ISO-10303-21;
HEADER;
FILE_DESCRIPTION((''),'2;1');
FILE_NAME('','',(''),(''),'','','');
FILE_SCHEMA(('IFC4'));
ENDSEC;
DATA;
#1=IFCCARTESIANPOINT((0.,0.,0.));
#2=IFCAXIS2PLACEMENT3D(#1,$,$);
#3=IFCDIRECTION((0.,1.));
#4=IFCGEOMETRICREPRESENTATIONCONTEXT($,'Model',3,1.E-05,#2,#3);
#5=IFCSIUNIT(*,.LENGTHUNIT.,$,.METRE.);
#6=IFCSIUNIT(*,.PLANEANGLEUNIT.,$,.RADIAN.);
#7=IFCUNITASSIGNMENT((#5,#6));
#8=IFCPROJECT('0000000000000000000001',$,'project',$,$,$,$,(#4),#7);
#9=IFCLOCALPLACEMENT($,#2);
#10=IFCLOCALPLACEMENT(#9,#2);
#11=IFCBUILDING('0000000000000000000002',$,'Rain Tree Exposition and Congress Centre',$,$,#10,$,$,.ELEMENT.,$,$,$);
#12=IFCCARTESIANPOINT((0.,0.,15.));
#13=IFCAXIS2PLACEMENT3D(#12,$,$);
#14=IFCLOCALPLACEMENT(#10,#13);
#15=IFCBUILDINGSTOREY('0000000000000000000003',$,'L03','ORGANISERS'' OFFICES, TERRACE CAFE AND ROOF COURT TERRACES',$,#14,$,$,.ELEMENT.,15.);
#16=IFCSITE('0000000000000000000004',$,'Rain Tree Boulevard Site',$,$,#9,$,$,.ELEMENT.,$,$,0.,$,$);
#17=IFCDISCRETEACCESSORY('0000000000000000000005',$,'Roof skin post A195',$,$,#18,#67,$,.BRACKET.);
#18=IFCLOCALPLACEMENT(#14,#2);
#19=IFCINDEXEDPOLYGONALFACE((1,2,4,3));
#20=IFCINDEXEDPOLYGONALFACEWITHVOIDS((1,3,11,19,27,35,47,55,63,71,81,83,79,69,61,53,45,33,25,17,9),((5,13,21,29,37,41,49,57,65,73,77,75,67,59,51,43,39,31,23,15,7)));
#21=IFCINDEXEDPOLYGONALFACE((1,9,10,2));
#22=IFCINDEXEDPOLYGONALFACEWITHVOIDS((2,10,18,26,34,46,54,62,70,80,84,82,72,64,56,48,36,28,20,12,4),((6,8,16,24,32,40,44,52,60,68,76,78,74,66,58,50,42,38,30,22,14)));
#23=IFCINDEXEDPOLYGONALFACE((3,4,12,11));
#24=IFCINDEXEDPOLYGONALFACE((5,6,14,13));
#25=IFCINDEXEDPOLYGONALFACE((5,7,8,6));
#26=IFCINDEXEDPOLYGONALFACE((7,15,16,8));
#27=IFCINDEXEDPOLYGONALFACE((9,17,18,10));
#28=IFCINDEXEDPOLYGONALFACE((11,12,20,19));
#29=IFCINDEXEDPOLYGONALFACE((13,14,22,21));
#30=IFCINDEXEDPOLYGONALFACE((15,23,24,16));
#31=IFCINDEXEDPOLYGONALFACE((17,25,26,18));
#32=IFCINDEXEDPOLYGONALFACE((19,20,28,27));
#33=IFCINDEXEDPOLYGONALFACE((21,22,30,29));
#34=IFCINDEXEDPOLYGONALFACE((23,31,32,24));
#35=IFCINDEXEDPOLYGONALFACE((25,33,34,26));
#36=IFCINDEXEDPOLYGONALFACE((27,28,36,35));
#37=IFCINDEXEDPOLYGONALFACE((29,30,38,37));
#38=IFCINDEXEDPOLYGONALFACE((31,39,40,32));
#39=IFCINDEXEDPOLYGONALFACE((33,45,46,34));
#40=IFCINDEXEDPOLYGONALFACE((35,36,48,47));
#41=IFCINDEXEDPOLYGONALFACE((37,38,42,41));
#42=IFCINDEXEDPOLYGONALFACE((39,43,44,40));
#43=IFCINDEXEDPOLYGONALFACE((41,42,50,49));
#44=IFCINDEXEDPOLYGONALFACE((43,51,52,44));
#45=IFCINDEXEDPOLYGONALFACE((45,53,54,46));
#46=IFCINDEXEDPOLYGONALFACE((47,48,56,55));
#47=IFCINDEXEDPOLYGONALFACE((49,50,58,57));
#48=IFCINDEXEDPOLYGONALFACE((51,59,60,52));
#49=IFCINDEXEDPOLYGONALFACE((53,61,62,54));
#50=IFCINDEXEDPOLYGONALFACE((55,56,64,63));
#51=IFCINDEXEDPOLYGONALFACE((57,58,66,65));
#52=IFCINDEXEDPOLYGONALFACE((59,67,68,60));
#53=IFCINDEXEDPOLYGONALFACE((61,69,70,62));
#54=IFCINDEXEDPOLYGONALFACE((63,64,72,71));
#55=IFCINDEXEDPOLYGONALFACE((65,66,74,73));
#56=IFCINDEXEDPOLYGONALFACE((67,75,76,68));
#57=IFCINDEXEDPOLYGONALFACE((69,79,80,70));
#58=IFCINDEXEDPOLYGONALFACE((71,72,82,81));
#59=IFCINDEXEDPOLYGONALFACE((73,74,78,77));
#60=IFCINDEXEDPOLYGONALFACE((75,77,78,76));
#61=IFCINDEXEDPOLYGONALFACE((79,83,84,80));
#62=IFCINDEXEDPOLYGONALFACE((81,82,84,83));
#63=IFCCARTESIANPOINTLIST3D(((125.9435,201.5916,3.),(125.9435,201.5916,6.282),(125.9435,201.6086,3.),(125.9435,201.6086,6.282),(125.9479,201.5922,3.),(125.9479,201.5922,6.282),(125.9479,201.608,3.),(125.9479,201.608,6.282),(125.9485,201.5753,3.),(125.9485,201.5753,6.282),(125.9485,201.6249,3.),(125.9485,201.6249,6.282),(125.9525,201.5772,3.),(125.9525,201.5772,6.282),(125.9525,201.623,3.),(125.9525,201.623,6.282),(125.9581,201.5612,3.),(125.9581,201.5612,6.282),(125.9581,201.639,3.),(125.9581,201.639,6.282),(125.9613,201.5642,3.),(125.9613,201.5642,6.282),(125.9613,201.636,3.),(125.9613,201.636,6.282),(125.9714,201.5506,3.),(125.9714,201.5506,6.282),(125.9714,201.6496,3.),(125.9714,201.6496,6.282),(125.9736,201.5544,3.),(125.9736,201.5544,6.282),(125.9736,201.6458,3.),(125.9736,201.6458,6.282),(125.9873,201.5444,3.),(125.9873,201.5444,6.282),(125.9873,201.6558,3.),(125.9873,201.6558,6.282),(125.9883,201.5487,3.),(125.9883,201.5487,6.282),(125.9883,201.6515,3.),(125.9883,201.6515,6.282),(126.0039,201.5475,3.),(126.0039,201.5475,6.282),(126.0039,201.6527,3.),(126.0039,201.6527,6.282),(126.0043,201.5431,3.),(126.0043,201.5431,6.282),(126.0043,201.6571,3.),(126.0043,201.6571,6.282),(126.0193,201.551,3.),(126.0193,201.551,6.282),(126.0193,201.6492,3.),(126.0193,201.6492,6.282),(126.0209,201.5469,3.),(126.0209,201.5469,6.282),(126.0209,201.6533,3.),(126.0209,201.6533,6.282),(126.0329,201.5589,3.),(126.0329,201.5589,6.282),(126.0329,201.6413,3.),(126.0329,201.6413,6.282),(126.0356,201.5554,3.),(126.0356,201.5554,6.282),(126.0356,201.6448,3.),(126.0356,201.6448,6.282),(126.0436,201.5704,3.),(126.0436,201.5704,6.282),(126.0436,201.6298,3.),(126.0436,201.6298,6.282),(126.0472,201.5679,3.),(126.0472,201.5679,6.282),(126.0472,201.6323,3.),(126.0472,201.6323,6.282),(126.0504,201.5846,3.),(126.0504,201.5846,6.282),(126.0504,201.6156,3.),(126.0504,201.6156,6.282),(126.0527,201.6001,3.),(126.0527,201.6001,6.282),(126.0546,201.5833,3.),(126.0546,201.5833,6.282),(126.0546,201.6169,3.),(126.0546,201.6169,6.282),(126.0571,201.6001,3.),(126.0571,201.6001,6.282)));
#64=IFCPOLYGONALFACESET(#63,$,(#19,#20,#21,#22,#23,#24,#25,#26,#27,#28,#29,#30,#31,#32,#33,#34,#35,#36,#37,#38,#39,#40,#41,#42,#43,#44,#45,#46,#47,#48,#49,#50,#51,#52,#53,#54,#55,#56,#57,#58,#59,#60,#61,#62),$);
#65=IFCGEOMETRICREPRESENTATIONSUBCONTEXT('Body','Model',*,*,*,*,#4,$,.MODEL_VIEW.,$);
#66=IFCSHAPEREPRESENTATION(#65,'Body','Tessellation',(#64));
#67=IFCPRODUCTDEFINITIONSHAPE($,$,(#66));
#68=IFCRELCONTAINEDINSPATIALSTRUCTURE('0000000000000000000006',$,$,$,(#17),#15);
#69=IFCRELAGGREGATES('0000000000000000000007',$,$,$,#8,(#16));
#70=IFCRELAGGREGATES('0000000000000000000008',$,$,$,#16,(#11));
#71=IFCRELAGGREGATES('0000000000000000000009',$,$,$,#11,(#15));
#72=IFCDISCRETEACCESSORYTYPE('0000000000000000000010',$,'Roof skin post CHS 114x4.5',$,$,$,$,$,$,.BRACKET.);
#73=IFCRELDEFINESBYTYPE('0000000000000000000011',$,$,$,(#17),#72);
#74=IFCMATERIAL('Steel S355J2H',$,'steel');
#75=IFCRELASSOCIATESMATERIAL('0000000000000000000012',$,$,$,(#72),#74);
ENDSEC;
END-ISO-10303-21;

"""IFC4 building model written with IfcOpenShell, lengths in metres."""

from ifc_helpers import new_model, si_unit, direction, frame, origin, origin_2d, place, context, subcontext, project, spatial, hollow_circle, extrude, material, material_profile, profile_set, type_object, element, save


model = new_model("IFC4")

# Units and contexts
model_context = context("Model", 3, precision=1e-05, world=origin(), true_north=direction((0.0, 1.0)))
body_context = subcontext(model_context, "Body", "Model", "MODEL_VIEW")
ifc_project = project(units=[si_unit("LENGTHUNIT", "METRE"), si_unit("PLANEANGLEUNIT", "RADIAN")], contexts=[model_context])

# Site, building, storey
site_placement = place(None, origin())
site = spatial("IfcSite", under=ifc_project, at=site_placement, Name="Rain Tree Boulevard Site", CompositionType="ELEMENT", RefElevation=0.0)
building_placement = place(site_placement, origin())
building = spatial("IfcBuilding", under=site, at=building_placement, Name="Rain Tree Exposition and Congress Centre", CompositionType="ELEMENT")
storey_placement = place(building_placement, frame((0.0, 0.0, 15.0)))
storey = spatial("IfcBuildingStorey", under=building, at=storey_placement, Name="L03", Description="ORGANISERS' OFFICES, TERRACE CAFE AND ROOF COURT TERRACES", CompositionType="ELEMENT", Elevation=15.0)

# Discrete accessory
ifc_material_1 = material(Name="Steel S355J2H", Category="steel")
ifc_material_profile_1 = material_profile(ifc_material_1, hollow_circle(Radius=0.0571, WallThickness=0.0044, at=origin_2d()), Name="CHS 114x4.5")
ifc_profile_set_1 = profile_set([ifc_material_profile_1], Name="Steel S355J2H")
discrete_accessory_type_1 = type_object("IfcDiscreteAccessoryType", Name="Roof skin post CHS 114x4.5", PredefinedType="BRACKET", material=ifc_profile_set_1)
discrete_accessory_1_placement = place(storey_placement, frame((126.0, 201.6001, 3.0), z_axis=(0.0, 0.0, 1.0), x_axis=(1.0, 0.0, 0.0)))
element("IfcDiscreteAccessory", 1, at=discrete_accessory_1_placement, inside=storey, type_object=discrete_accessory_type_1, Name="Roof skin post A195", PredefinedType="BRACKET", context=body_context, shape_type="SweptSolid", body=[
    extrude(hollow_circle(Radius=0.0571, WallThickness=0.0044, at=origin_2d()), origin(), (0.0, 0.0, 1.0), 3.282),
])

save(model, "model.ifc")
